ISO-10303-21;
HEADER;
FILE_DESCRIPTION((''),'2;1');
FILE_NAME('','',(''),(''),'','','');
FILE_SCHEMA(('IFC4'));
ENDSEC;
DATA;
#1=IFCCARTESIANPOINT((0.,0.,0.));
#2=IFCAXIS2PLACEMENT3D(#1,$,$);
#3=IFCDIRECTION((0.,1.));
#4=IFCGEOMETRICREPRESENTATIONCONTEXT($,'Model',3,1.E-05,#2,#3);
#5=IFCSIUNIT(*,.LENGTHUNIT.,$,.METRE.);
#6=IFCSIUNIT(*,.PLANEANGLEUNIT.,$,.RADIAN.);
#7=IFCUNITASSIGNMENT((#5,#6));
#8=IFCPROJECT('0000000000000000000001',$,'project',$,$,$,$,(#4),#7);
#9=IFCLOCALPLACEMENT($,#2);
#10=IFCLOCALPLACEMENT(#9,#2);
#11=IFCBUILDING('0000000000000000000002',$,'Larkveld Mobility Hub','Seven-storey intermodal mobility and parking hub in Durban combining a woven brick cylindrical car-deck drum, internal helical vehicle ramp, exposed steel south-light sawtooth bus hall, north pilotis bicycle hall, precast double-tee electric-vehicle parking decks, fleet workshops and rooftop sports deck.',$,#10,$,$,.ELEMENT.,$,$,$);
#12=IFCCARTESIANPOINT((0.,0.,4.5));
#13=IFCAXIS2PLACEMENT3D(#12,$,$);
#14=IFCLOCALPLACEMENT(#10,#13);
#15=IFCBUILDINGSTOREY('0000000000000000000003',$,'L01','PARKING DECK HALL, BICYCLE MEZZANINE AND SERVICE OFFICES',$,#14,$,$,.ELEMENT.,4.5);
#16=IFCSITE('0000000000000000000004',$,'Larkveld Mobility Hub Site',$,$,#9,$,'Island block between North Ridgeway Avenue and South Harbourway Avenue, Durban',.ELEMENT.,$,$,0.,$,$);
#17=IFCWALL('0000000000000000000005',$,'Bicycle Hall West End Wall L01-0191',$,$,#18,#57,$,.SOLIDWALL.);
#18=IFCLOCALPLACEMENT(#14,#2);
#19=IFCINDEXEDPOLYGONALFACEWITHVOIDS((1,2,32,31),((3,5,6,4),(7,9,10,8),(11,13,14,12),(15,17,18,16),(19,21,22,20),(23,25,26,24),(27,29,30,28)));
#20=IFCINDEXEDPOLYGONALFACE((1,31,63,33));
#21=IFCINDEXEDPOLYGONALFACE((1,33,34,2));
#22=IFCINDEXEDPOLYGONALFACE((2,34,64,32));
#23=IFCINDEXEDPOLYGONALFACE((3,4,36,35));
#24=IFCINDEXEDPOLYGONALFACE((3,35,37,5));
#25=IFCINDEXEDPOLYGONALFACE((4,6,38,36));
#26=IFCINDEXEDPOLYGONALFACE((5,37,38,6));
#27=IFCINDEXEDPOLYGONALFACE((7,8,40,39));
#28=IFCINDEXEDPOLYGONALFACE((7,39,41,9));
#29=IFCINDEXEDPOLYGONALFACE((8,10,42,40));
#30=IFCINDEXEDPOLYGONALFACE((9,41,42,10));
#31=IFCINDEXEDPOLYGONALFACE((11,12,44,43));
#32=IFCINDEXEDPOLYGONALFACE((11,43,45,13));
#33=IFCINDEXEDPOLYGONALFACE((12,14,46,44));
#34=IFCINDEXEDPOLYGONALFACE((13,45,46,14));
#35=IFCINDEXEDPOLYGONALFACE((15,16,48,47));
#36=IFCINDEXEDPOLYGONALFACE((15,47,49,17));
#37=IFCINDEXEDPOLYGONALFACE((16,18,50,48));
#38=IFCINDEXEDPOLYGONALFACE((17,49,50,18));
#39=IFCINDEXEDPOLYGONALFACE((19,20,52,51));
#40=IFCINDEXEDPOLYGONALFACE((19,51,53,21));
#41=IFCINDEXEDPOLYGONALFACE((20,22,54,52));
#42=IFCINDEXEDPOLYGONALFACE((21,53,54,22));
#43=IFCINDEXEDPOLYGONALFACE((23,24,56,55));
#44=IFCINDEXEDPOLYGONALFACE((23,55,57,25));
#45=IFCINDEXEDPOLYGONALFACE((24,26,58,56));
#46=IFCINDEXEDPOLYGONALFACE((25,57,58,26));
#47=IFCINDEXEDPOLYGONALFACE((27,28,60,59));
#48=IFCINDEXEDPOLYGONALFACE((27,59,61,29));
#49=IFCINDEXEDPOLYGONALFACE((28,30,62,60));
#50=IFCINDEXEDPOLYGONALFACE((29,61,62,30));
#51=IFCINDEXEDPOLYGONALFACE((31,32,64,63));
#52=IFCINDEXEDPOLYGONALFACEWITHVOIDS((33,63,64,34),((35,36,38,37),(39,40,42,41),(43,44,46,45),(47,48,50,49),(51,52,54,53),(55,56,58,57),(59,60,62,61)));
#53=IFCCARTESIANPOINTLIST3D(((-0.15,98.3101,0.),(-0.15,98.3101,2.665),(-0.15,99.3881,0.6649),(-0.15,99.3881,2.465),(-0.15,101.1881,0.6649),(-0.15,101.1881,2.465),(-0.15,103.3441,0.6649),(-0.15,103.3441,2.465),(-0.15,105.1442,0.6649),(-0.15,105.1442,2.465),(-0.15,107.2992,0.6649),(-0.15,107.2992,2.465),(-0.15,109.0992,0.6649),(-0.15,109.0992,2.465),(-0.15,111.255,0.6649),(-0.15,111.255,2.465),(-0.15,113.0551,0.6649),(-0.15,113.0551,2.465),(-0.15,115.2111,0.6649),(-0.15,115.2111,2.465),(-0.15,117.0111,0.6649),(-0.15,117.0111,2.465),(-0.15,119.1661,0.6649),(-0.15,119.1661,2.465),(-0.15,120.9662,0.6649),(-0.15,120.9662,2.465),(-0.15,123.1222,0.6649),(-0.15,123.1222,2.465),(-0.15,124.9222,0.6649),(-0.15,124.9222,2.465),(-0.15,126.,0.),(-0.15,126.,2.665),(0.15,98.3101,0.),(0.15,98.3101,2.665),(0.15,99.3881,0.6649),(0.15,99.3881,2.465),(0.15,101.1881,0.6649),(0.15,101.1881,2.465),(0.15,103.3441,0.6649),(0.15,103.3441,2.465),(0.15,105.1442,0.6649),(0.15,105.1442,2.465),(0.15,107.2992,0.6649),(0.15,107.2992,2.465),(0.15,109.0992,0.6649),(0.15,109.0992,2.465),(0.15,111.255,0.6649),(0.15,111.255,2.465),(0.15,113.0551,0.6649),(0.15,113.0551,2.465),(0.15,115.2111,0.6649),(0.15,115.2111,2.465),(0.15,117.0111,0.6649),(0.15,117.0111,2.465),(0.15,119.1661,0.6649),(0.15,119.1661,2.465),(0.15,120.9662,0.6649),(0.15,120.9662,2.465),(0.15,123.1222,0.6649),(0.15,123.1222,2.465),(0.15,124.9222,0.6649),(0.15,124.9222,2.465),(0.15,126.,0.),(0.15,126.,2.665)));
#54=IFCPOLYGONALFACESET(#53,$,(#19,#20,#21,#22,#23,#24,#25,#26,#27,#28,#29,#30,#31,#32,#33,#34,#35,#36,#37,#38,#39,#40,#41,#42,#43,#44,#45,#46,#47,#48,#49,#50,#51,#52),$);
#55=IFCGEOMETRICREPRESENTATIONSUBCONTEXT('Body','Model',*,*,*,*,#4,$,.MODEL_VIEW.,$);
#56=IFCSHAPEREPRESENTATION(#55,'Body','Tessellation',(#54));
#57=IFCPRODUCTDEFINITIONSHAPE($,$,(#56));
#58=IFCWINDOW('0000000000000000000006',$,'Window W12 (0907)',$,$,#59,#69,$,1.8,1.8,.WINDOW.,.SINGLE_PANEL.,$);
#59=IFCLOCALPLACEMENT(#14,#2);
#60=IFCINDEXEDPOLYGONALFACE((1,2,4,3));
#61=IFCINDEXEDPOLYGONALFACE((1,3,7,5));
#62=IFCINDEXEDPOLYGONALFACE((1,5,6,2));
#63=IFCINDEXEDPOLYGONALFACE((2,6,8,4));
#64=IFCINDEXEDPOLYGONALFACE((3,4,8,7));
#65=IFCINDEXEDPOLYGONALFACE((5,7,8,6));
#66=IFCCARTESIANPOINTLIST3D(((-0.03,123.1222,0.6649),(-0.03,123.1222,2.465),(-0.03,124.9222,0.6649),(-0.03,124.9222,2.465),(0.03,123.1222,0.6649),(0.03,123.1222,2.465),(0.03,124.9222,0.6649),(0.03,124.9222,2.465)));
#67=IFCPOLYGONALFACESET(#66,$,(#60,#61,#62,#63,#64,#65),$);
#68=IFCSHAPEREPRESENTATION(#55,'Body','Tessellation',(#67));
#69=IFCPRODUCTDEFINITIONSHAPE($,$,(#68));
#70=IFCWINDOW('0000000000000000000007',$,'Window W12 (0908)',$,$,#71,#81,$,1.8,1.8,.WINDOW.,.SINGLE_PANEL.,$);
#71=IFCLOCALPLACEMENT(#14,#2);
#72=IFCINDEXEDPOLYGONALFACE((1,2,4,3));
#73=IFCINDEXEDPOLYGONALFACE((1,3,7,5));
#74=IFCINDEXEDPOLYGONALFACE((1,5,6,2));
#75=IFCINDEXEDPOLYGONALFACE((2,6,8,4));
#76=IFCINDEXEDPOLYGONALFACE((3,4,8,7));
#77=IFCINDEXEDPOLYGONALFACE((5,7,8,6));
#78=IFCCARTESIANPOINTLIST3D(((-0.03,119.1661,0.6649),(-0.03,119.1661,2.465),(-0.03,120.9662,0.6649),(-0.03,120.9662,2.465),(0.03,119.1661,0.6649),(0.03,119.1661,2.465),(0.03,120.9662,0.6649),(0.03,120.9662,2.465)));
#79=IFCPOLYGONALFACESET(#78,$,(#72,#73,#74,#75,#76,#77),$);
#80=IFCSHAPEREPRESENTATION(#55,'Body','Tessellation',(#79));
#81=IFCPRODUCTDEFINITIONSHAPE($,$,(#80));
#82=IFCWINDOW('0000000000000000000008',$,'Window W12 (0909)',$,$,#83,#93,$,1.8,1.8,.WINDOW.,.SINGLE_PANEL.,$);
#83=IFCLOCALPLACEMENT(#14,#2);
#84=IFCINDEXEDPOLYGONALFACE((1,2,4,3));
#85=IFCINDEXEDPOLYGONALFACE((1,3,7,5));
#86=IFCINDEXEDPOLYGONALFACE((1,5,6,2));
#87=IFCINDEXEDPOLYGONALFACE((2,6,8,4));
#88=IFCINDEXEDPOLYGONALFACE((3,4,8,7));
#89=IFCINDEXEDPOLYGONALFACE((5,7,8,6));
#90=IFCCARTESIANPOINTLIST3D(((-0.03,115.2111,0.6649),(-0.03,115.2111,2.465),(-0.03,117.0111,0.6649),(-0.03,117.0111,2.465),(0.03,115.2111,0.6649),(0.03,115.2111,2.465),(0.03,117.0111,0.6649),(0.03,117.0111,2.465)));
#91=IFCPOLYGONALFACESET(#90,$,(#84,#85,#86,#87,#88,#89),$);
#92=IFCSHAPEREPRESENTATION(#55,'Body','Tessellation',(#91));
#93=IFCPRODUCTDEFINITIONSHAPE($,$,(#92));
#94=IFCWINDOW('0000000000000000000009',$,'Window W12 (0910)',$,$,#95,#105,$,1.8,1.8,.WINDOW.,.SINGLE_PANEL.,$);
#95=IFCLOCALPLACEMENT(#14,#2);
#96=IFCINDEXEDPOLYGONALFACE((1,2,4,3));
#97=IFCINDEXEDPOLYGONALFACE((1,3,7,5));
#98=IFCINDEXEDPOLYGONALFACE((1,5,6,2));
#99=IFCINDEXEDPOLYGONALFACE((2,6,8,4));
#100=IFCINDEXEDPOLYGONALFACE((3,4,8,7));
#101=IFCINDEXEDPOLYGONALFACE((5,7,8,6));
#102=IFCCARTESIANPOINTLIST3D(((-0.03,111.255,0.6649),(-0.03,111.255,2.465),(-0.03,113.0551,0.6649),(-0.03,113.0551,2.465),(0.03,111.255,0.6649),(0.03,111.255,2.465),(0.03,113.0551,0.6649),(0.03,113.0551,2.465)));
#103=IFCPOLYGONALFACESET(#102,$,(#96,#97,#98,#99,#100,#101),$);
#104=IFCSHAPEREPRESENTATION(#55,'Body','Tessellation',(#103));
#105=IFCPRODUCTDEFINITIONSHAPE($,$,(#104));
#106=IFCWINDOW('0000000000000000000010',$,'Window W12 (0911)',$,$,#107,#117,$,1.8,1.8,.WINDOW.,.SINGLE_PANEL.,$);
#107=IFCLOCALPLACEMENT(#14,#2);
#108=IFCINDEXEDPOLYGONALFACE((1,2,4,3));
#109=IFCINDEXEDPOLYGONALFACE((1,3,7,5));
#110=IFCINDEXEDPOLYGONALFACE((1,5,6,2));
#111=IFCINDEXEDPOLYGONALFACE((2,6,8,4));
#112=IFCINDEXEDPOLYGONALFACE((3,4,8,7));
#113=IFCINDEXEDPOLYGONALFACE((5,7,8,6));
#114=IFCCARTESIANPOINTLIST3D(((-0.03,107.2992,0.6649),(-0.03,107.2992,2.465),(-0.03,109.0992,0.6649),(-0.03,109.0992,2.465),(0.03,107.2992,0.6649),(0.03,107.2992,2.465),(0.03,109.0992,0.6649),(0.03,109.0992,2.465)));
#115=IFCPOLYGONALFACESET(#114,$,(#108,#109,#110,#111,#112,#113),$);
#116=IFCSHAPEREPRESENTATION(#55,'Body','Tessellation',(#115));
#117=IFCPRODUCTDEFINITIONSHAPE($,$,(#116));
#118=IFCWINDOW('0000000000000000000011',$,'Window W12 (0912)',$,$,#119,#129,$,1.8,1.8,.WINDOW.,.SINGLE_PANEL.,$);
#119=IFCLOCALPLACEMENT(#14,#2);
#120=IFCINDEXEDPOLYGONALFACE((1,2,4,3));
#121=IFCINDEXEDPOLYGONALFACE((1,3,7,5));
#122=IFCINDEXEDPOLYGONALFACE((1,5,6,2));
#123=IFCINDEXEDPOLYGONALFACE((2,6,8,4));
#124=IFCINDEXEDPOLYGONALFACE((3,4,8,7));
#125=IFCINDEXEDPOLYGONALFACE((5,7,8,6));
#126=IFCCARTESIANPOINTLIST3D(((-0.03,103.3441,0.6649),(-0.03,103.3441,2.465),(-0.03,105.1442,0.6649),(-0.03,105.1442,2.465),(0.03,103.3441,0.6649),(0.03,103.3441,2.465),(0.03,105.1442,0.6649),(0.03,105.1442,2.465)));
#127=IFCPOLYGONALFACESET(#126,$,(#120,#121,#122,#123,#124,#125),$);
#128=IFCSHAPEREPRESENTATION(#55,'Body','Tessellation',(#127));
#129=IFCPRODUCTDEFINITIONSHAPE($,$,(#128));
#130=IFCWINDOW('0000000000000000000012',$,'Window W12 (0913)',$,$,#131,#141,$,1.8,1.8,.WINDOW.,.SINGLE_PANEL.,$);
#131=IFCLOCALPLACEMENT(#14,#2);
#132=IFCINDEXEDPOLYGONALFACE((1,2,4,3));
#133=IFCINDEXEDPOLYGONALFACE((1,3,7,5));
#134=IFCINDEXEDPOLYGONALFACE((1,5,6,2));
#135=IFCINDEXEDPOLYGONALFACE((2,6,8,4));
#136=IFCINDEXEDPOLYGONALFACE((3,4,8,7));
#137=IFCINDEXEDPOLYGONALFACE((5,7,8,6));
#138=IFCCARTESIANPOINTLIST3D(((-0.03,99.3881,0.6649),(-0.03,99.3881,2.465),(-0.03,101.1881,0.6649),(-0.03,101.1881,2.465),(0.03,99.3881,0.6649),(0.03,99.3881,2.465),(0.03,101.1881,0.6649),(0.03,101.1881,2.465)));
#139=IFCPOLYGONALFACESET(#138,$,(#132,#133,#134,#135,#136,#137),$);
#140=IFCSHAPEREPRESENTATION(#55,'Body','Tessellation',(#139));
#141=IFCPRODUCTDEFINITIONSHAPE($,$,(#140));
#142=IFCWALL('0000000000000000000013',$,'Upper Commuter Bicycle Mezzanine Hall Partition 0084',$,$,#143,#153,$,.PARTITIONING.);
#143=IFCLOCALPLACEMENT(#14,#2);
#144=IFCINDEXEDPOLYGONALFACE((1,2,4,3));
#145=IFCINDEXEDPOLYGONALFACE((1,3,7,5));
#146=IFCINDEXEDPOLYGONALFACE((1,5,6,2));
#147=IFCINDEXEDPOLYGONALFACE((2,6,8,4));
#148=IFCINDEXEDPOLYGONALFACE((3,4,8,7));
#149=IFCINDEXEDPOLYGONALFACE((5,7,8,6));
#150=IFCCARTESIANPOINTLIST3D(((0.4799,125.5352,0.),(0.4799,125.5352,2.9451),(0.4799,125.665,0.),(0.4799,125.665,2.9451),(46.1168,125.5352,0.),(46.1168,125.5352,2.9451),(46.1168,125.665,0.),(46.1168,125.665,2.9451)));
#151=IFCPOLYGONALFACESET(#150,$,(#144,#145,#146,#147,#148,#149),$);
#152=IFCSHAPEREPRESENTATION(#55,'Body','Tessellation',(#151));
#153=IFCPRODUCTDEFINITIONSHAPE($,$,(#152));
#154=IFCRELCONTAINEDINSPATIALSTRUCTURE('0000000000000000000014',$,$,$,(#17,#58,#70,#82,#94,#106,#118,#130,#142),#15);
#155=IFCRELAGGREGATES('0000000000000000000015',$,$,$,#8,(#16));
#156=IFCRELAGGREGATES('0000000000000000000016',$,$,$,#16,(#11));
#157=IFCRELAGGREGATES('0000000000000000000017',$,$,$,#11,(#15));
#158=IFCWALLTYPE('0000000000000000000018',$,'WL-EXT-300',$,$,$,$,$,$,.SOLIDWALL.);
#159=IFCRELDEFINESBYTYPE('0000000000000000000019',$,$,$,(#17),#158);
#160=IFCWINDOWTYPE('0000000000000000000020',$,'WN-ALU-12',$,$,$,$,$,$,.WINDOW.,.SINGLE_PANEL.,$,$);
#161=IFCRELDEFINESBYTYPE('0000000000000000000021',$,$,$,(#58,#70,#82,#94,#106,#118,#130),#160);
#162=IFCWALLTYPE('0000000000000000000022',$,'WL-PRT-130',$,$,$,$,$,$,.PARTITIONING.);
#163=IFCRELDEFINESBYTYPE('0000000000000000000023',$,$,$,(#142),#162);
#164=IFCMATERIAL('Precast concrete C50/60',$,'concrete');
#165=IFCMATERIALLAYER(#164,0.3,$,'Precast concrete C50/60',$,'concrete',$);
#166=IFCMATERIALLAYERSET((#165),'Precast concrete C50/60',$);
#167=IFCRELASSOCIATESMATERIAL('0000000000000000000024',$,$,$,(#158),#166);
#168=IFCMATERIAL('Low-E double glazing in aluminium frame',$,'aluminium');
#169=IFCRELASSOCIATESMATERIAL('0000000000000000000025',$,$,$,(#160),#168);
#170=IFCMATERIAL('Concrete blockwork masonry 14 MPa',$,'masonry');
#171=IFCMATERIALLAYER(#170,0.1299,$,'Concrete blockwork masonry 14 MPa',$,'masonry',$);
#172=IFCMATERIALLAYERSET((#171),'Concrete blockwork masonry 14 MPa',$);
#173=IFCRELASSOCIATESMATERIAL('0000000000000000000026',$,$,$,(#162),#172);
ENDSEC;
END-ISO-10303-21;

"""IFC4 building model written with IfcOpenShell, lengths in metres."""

from ifc_helpers import new_model, si_unit, direction, frame, frame_2d, origin, place, context, subcontext, project, spatial, rectangle, extrude, material, layer, layer_set, type_object, element, fill, save


model = new_model("IFC4")

# Units and contexts
model_context = context("Model", 3, precision=1e-05, world=origin(), true_north=direction((0.0, 1.0)))
body_context = subcontext(model_context, "Body", "Model", "MODEL_VIEW")
ifc_project = project(units=[si_unit("LENGTHUNIT", "METRE"), si_unit("PLANEANGLEUNIT", "RADIAN")], contexts=[model_context])

# Site, building, storey
site_placement = place(None, origin())
site = spatial("IfcSite", under=ifc_project, at=site_placement, Name="Larkveld Mobility Hub Site", LongName="Island block between North Ridgeway Avenue and South Harbourway Avenue, Durban", CompositionType="ELEMENT", RefElevation=0.0)
building_placement = place(site_placement, origin())
building = spatial("IfcBuilding", under=site, at=building_placement, Name="Larkveld Mobility Hub", Description="Seven-storey intermodal mobility and parking hub in Durban combining a woven brick cylindrical car-deck drum, internal helical vehicle ramp, exposed steel south-light sawtooth bus hall, north pilotis bicycle hall, precast double-tee electric-vehicle parking decks, fleet workshops and rooftop sports deck.", CompositionType="ELEMENT")
storey_placement = place(building_placement, frame((0.0, 0.0, 4.5)))
storey = spatial("IfcBuildingStorey", under=building, at=storey_placement, Name="L01", Description="PARKING DECK HALL, BICYCLE MEZZANINE AND SERVICE OFFICES", CompositionType="ELEMENT", Elevation=4.5)

# Wall, openings, windows
ifc_material_1 = material(Name="Precast concrete C50/60", Category="concrete")
ifc_layer_1 = layer(ifc_material_1, 0.3, Name="Precast concrete C50/60", Category="concrete")
ifc_layer_set_1 = layer_set([ifc_layer_1], Name="Precast concrete C50/60")
wall_type_1 = type_object("IfcWallType", Name="WL-EXT-300", PredefinedType="SOLIDWALL", material=ifc_layer_set_1)
wall_1_placement = place(storey_placement, frame((0.0, 126.0, 0.0), z_axis=(0.0, 0.0, 1.0), x_axis=(0.0, -1.0, 0.0)))
wall_1 = element("IfcWall", 1, at=wall_1_placement, inside=storey, type_object=wall_type_1, Name="Bicycle Hall West End Wall L01-0191", PredefinedType="SOLIDWALL", context=body_context, shape_type="SweptSolid", body=[
    extrude(rectangle(XDim=27.6899, YDim=0.3, at=frame_2d((13.845, 0.0))), origin(), (0.0, 0.0, 1.0), 2.665),
])
opening_1_placement = place(wall_1_placement, frame((1.0779, 0.0, 0.665)))
opening_1 = element("IfcOpeningElement", 2, at=opening_1_placement, cuts=wall_1, PredefinedType="OPENING", context=body_context, shape_type="SweptSolid", body=[
    extrude(rectangle(XDim=1.8, YDim=1.8, at=frame_2d((0.8999, 0.8999))), frame((0.0, 0.1602, 0.0), z_axis=(0.0, -1.0, 0.0), x_axis=(1.0, 0.0, 0.0)), (0.0, 0.0, 1.0), 0.3201),
])
opening_2_placement = place(wall_1_placement, frame((5.0339, 0.0, 0.665)))
opening_2 = element("IfcOpeningElement", 3, at=opening_2_placement, cuts=wall_1, PredefinedType="OPENING", context=body_context, shape_type="SweptSolid", body=[
    extrude(rectangle(XDim=1.8, YDim=1.8, at=frame_2d((0.8999, 0.8999))), frame((0.0, 0.1602, 0.0), z_axis=(0.0, -1.0, 0.0), x_axis=(1.0, 0.0, 0.0)), (0.0, 0.0, 1.0), 0.3201),
])
opening_3_placement = place(wall_1_placement, frame((8.989, 0.0, 0.665)))
opening_3 = element("IfcOpeningElement", 4, at=opening_3_placement, cuts=wall_1, PredefinedType="OPENING", context=body_context, shape_type="SweptSolid", body=[
    extrude(rectangle(XDim=1.8, YDim=1.8, at=frame_2d((0.8999, 0.8999))), frame((0.0, 0.1602, 0.0), z_axis=(0.0, -1.0, 0.0), x_axis=(1.0, 0.0, 0.0)), (0.0, 0.0, 1.0), 0.3201),
])
opening_4_placement = place(wall_1_placement, frame((12.9451, 0.0, 0.665)))
opening_4 = element("IfcOpeningElement", 5, at=opening_4_placement, cuts=wall_1, PredefinedType="OPENING", context=body_context, shape_type="SweptSolid", body=[
    extrude(rectangle(XDim=1.8, YDim=1.8, at=frame_2d((0.8999, 0.8999))), frame((0.0, 0.1602, 0.0), z_axis=(0.0, -1.0, 0.0), x_axis=(1.0, 0.0, 0.0)), (0.0, 0.0, 1.0), 0.3201),
])
opening_5_placement = place(wall_1_placement, frame((16.9009, 0.0, 0.665)))
opening_5 = element("IfcOpeningElement", 6, at=opening_5_placement, cuts=wall_1, PredefinedType="OPENING", context=body_context, shape_type="SweptSolid", body=[
    extrude(rectangle(XDim=1.8, YDim=1.8, at=frame_2d((0.8999, 0.8999))), frame((0.0, 0.1602, 0.0), z_axis=(0.0, -1.0, 0.0), x_axis=(1.0, 0.0, 0.0)), (0.0, 0.0, 1.0), 0.3201),
])
opening_6_placement = place(wall_1_placement, frame((20.856, 0.0, 0.665)))
opening_6 = element("IfcOpeningElement", 7, at=opening_6_placement, cuts=wall_1, PredefinedType="OPENING", context=body_context, shape_type="SweptSolid", body=[
    extrude(rectangle(XDim=1.8, YDim=1.8, at=frame_2d((0.8999, 0.8999))), frame((0.0, 0.1602, 0.0), z_axis=(0.0, -1.0, 0.0), x_axis=(1.0, 0.0, 0.0)), (0.0, 0.0, 1.0), 0.3201),
])
opening_7_placement = place(wall_1_placement, frame((24.812, 0.0, 0.665)))
opening_7 = element("IfcOpeningElement", 8, at=opening_7_placement, cuts=wall_1, PredefinedType="OPENING", context=body_context, shape_type="SweptSolid", body=[
    extrude(rectangle(XDim=1.8, YDim=1.8, at=frame_2d((0.8999, 0.8999))), frame((0.0, 0.1602, 0.0), z_axis=(0.0, -1.0, 0.0), x_axis=(1.0, 0.0, 0.0)), (0.0, 0.0, 1.0), 0.3201),
])
ifc_material_2 = material(Name="Low-E double glazing in aluminium frame", Category="aluminium")
window_type = type_object("IfcWindowType", Name="WN-ALU-12", PartitioningType="SINGLE_PANEL", PredefinedType="WINDOW", material=ifc_material_2)
window_1_placement = place(opening_1_placement, origin())
window_1 = element("IfcWindow", 9, at=window_1_placement, inside=storey, type_object=window_type, Name="Window W12 (0907)", OverallHeight=1.8, OverallWidth=1.8, PartitioningType="SINGLE_PANEL", PredefinedType="WINDOW", context=body_context, shape_type="SweptSolid", body=[
    extrude(rectangle(XDim=1.8, YDim=1.8, at=frame_2d((0.8999, 0.8999))), frame((0.0, 0.03, 0.0), z_axis=(0.0, -1.0, 0.0), x_axis=(1.0, 0.0, 0.0)), (0.0, 0.0, 1.0), 0.0601),
])
fill(opening_1, window_1)
window_2_placement = place(opening_2_placement, origin())
window_2 = element("IfcWindow", 10, at=window_2_placement, inside=storey, type_object=window_type, Name="Window W12 (0908)", OverallHeight=1.8, OverallWidth=1.8, PartitioningType="SINGLE_PANEL", PredefinedType="WINDOW", context=body_context, shape_type="SweptSolid", body=[
    extrude(rectangle(XDim=1.8, YDim=1.8, at=frame_2d((0.8999, 0.8999))), frame((0.0, 0.03, 0.0), z_axis=(0.0, -1.0, 0.0), x_axis=(1.0, 0.0, 0.0)), (0.0, 0.0, 1.0), 0.0601),
])
fill(opening_2, window_2)
window_3_placement = place(opening_3_placement, origin())
window_3 = element("IfcWindow", 11, at=window_3_placement, inside=storey, type_object=window_type, Name="Window W12 (0909)", OverallHeight=1.8, OverallWidth=1.8, PartitioningType="SINGLE_PANEL", PredefinedType="WINDOW", context=body_context, shape_type="SweptSolid", body=[
    extrude(rectangle(XDim=1.8, YDim=1.8, at=frame_2d((0.8999, 0.8999))), frame((0.0, 0.03, 0.0), z_axis=(0.0, -1.0, 0.0), x_axis=(1.0, 0.0, 0.0)), (0.0, 0.0, 1.0), 0.0601),
])
fill(opening_3, window_3)
window_4_placement = place(opening_4_placement, origin())
window_4 = element("IfcWindow", 12, at=window_4_placement, inside=storey, type_object=window_type, Name="Window W12 (0910)", OverallHeight=1.8, OverallWidth=1.8, PartitioningType="SINGLE_PANEL", PredefinedType="WINDOW", context=body_context, shape_type="SweptSolid", body=[
    extrude(rectangle(XDim=1.8, YDim=1.8, at=frame_2d((0.8999, 0.8999))), frame((0.0, 0.03, 0.0), z_axis=(0.0, -1.0, 0.0), x_axis=(1.0, 0.0, 0.0)), (0.0, 0.0, 1.0), 0.0601),
])
fill(opening_4, window_4)
window_5_placement = place(opening_5_placement, origin())
window_5 = element("IfcWindow", 13, at=window_5_placement, inside=storey, type_object=window_type, Name="Window W12 (0911)", OverallHeight=1.8, OverallWidth=1.8, PartitioningType="SINGLE_PANEL", PredefinedType="WINDOW", context=body_context, shape_type="SweptSolid", body=[
    extrude(rectangle(XDim=1.8, YDim=1.8, at=frame_2d((0.8999, 0.8999))), frame((0.0, 0.03, 0.0), z_axis=(0.0, -1.0, 0.0), x_axis=(1.0, 0.0, 0.0)), (0.0, 0.0, 1.0), 0.0601),
])
fill(opening_5, window_5)
window_6_placement = place(opening_6_placement, origin())
window_6 = element("IfcWindow", 14, at=window_6_placement, inside=storey, type_object=window_type, Name="Window W12 (0912)", OverallHeight=1.8, OverallWidth=1.8, PartitioningType="SINGLE_PANEL", PredefinedType="WINDOW", context=body_context, shape_type="SweptSolid", body=[
    extrude(rectangle(XDim=1.8, YDim=1.8, at=frame_2d((0.8999, 0.8999))), frame((0.0, 0.03, 0.0), z_axis=(0.0, -1.0, 0.0), x_axis=(1.0, 0.0, 0.0)), (0.0, 0.0, 1.0), 0.0601),
])
fill(opening_6, window_6)
window_7_placement = place(opening_7_placement, origin())
window_7 = element("IfcWindow", 15, at=window_7_placement, inside=storey, type_object=window_type, Name="Window W12 (0913)", OverallHeight=1.8, OverallWidth=1.8, PartitioningType="SINGLE_PANEL", PredefinedType="WINDOW", context=body_context, shape_type="SweptSolid", body=[
    extrude(rectangle(XDim=1.8, YDim=1.8, at=frame_2d((0.8999, 0.8999))), frame((0.0, 0.03, 0.0), z_axis=(0.0, -1.0, 0.0), x_axis=(1.0, 0.0, 0.0)), (0.0, 0.0, 1.0), 0.0601),
])
fill(opening_7, window_7)

# Wall
ifc_material_3 = material(Name="Concrete blockwork masonry 14 MPa", Category="masonry")
ifc_layer_2 = layer(ifc_material_3, 0.1299, Name="Concrete blockwork masonry 14 MPa", Category="masonry")
ifc_layer_set_2 = layer_set([ifc_layer_2], Name="Concrete blockwork masonry 14 MPa")
wall_type_2 = type_object("IfcWallType", Name="WL-PRT-130", PredefinedType="PARTITIONING", material=ifc_layer_set_2)
wall_2_placement = place(storey_placement, frame((0.48, 125.6001, 0.0), z_axis=(0.0, 0.0, 1.0), x_axis=(1.0, 0.0, 0.0)))
element("IfcWall", 16, at=wall_2_placement, inside=storey, type_object=wall_type_2, Name="Upper Commuter Bicycle Mezzanine Hall Partition 0084", PredefinedType="PARTITIONING", context=body_context, shape_type="SweptSolid", body=[
    extrude(rectangle(XDim=45.637, YDim=0.1299, at=frame_2d((22.8184, 0.0))), origin(), (0.0, 0.0, 1.0), 2.9451),
])

save(model, "model.ifc")
